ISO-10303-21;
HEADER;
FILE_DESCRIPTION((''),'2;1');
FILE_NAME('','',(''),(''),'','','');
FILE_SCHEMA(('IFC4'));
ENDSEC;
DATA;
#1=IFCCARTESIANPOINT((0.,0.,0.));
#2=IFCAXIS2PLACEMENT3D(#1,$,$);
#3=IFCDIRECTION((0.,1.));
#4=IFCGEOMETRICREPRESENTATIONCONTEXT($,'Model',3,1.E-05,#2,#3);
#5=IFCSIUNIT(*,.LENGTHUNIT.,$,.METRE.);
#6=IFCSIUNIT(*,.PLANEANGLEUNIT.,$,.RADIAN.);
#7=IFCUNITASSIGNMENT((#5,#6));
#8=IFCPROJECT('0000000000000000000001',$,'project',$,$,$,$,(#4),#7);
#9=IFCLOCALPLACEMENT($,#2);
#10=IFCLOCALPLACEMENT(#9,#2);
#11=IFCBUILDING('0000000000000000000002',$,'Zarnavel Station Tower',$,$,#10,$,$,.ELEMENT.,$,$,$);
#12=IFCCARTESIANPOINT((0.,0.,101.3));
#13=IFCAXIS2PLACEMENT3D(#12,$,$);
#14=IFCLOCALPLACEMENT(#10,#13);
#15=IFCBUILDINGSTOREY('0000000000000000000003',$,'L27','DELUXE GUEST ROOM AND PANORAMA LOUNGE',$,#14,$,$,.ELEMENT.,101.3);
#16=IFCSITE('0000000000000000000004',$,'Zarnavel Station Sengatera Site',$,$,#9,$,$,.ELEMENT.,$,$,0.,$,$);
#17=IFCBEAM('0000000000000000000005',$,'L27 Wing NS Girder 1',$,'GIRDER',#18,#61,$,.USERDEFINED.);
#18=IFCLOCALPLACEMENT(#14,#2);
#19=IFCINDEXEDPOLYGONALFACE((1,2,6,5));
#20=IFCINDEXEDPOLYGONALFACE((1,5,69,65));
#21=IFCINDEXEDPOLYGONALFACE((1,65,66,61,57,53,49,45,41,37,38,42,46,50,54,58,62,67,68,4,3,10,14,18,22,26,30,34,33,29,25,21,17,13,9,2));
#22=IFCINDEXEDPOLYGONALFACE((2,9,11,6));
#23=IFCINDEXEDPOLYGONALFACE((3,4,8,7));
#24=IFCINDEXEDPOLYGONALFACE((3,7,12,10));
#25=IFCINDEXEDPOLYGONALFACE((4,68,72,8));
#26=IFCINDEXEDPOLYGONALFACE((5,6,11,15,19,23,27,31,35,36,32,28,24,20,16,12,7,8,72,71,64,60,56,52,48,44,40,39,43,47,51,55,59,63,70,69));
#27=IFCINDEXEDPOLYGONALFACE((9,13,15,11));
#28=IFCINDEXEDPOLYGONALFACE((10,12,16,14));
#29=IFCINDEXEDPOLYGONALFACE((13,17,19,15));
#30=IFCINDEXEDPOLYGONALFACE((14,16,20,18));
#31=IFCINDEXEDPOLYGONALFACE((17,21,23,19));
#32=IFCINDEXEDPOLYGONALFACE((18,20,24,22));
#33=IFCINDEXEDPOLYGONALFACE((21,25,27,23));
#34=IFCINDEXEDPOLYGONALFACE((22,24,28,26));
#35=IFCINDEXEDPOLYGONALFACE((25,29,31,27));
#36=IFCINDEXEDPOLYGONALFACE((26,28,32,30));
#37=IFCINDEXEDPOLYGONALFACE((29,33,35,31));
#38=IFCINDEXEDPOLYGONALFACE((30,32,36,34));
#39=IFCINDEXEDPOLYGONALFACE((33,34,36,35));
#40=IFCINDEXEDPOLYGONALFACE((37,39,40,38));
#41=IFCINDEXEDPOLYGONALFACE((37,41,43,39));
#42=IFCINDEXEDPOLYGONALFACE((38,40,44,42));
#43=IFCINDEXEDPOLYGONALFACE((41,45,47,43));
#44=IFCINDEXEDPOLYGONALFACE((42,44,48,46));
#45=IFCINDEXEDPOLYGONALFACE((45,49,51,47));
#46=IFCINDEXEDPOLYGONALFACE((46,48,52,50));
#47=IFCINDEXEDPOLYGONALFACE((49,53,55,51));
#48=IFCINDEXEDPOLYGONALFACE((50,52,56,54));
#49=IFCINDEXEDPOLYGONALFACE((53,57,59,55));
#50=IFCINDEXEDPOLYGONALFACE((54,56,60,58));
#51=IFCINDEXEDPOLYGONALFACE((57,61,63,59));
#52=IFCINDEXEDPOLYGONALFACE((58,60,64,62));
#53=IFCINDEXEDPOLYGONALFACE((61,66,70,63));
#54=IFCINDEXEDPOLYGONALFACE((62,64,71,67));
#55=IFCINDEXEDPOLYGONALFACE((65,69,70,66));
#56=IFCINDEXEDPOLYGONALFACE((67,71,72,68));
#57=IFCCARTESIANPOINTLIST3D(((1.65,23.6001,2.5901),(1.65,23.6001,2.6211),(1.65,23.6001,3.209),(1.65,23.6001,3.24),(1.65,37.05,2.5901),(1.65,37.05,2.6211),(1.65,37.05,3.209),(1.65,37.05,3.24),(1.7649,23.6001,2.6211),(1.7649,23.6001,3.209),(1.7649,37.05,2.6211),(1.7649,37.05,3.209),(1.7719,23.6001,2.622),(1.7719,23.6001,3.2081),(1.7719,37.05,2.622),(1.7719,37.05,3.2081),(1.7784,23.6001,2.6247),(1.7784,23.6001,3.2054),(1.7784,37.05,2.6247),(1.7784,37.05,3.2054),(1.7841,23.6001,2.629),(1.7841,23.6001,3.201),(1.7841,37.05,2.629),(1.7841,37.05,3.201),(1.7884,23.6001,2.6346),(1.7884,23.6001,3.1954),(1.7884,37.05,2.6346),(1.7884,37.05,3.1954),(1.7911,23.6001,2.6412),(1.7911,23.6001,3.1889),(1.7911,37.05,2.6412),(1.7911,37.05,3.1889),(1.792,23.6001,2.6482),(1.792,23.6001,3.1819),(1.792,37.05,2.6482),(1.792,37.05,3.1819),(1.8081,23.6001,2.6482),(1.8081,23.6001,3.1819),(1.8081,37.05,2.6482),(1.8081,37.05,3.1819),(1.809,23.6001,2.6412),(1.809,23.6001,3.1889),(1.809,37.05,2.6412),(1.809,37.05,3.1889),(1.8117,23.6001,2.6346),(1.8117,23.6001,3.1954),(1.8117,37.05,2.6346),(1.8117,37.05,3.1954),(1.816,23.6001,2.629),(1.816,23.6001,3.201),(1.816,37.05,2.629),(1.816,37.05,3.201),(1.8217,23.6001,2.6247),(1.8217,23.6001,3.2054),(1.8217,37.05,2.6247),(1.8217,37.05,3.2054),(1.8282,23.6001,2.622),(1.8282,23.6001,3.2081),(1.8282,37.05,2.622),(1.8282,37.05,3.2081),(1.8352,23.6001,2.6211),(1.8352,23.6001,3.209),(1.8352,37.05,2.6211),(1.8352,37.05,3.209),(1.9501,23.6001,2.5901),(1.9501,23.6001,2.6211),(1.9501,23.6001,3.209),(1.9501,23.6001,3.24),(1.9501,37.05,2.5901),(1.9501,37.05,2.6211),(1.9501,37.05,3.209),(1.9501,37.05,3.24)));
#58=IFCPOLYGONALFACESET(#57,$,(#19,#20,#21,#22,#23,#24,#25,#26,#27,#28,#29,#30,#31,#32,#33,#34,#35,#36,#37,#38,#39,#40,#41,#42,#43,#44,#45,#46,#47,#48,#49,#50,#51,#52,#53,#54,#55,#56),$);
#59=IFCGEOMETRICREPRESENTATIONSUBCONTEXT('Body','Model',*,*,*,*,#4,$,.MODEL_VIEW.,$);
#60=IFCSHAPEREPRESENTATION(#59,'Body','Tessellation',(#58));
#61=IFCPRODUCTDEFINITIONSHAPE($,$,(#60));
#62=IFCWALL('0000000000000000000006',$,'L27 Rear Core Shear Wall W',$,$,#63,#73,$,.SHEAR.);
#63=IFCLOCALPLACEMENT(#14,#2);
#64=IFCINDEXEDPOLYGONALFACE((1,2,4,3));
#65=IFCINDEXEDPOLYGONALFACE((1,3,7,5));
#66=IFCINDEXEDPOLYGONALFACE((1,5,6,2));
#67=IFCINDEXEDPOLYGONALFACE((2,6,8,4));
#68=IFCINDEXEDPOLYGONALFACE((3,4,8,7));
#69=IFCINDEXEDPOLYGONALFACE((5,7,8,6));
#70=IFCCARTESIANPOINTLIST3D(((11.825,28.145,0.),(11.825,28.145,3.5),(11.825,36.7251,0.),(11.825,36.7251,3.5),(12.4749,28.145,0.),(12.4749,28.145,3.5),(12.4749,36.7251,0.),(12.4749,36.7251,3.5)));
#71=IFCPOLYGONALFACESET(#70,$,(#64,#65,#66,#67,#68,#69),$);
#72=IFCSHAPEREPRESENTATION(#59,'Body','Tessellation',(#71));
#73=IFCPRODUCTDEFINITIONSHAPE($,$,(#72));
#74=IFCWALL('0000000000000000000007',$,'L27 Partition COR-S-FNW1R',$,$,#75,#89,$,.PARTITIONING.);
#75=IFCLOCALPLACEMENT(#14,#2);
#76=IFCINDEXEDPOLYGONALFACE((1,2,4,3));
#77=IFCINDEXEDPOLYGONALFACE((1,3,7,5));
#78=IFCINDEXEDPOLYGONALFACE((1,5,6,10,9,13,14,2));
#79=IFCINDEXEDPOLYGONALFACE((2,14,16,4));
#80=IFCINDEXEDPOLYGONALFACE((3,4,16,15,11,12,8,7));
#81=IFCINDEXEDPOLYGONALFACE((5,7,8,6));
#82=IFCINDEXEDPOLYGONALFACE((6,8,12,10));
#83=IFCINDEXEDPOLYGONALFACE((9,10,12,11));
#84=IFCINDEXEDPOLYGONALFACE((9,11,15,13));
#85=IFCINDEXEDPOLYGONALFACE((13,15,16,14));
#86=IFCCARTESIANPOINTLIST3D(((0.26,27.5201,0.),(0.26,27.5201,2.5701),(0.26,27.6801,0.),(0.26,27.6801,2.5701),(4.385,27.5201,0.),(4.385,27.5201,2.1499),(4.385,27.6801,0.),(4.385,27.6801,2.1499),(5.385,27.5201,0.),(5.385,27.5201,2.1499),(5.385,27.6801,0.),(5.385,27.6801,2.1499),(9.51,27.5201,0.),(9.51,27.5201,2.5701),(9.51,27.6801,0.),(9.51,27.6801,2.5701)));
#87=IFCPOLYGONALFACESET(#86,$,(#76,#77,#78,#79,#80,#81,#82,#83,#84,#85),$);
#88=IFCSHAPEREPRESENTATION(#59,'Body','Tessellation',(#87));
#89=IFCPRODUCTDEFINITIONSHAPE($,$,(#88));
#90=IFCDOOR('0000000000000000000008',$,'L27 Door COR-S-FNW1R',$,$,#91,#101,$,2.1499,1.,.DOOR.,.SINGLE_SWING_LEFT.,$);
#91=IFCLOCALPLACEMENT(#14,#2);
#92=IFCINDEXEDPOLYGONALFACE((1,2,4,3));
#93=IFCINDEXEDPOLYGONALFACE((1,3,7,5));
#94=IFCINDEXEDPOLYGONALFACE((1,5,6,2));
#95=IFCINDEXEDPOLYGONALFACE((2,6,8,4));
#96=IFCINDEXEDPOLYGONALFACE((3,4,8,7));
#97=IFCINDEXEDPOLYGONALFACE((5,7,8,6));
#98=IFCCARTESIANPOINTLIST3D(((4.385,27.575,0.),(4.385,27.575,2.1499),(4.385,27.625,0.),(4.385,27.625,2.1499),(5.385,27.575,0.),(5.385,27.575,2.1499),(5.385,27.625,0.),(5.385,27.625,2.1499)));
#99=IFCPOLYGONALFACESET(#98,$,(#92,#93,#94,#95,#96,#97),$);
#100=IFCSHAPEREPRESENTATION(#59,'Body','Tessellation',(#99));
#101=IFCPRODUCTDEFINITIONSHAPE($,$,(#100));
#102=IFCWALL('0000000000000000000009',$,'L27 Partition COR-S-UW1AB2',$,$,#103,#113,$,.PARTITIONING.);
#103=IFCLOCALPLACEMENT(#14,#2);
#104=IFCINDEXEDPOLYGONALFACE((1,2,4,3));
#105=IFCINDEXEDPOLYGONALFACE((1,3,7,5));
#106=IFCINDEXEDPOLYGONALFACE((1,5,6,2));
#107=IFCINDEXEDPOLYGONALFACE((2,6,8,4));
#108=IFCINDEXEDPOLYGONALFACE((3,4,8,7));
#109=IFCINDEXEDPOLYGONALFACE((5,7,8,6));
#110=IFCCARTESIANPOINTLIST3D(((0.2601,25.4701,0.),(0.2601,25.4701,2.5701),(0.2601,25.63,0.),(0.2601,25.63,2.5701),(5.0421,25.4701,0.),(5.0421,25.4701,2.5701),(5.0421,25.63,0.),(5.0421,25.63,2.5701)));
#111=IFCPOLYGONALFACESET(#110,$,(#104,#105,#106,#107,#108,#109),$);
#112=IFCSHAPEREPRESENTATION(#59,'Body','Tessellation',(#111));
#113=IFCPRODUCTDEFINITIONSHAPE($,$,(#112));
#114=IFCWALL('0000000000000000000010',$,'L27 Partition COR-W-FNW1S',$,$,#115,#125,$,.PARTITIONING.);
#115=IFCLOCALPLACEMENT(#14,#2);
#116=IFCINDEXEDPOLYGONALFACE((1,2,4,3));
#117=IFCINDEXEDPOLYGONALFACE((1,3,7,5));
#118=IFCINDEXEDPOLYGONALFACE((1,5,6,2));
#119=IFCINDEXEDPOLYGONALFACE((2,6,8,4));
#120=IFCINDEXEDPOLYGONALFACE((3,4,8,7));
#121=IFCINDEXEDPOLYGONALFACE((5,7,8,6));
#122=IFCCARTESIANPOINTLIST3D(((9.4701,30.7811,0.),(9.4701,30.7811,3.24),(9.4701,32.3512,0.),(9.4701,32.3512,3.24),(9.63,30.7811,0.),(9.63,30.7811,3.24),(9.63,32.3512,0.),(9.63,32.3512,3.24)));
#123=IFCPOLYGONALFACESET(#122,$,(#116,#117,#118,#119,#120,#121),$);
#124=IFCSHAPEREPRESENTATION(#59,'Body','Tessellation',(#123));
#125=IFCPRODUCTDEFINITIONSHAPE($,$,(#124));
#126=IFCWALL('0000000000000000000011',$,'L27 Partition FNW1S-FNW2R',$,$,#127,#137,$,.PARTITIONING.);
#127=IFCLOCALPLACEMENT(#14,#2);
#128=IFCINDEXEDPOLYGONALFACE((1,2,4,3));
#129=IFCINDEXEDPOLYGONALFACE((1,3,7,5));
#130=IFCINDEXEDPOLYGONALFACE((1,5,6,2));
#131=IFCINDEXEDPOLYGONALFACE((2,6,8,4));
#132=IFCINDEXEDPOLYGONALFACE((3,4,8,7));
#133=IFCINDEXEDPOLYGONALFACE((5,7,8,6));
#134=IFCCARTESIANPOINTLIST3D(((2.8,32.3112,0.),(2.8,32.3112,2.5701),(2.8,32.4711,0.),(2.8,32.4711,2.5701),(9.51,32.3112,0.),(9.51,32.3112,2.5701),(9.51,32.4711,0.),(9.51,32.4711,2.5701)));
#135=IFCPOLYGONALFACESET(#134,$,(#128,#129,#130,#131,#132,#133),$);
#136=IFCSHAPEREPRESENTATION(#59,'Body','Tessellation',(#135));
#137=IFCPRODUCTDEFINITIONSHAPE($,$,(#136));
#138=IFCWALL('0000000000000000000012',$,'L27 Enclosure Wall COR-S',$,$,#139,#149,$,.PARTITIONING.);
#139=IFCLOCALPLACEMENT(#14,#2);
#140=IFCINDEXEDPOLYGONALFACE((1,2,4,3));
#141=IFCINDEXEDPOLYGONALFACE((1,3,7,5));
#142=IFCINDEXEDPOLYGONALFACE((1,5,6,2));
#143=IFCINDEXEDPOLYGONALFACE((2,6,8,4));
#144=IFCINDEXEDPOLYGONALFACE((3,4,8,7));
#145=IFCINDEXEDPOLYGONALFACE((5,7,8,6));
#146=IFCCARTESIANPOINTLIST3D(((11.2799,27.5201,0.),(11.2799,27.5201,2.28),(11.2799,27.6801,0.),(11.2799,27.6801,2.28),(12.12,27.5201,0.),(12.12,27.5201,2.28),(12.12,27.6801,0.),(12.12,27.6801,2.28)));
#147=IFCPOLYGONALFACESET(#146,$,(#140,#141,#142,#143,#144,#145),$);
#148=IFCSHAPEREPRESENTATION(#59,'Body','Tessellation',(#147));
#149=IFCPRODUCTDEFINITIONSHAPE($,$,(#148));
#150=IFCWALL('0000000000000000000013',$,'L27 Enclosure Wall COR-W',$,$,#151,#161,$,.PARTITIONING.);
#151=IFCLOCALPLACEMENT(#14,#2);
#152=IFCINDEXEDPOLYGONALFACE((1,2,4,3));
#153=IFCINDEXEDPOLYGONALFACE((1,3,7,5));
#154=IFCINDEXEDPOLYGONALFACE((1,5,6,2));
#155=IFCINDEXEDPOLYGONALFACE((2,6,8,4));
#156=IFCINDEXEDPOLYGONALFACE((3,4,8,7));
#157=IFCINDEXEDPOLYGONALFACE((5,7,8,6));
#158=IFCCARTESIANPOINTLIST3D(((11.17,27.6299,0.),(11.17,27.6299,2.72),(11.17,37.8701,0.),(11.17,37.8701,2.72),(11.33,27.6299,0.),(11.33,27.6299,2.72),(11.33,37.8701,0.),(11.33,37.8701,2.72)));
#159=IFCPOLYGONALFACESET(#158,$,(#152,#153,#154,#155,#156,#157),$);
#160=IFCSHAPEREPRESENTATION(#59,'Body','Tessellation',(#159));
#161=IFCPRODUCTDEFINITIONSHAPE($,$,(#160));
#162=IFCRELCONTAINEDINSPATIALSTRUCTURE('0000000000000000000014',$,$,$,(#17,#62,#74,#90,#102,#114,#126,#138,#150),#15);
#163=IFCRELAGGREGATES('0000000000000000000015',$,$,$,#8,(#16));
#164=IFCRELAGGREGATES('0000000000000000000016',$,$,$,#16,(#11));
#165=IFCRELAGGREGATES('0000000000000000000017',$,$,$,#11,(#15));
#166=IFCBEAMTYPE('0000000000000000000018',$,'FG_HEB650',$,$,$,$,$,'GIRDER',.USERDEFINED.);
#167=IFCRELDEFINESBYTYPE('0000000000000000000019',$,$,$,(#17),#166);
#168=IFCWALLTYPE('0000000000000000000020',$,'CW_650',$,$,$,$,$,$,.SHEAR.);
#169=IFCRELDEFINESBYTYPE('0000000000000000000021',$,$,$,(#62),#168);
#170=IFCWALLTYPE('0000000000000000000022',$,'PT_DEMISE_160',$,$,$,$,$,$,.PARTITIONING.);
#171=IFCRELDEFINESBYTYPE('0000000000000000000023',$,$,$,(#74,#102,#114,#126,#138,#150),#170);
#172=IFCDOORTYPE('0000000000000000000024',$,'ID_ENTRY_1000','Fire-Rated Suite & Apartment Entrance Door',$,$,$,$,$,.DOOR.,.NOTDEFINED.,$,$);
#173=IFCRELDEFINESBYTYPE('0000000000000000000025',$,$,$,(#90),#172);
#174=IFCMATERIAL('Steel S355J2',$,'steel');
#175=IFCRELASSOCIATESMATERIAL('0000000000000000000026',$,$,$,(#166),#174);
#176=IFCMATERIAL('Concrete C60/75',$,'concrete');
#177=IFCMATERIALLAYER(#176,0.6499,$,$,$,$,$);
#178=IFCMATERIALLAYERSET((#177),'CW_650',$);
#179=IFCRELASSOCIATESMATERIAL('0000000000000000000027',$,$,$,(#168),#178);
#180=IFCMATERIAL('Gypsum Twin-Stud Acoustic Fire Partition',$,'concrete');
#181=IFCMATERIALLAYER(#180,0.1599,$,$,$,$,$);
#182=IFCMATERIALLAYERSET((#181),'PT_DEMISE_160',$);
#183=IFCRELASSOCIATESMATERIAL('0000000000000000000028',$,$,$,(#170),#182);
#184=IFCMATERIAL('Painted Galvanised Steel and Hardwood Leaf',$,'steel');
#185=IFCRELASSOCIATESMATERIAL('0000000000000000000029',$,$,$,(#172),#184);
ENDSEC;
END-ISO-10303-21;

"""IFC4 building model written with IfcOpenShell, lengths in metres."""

from ifc_helpers import new_model, si_unit, direction, frame, frame_2d, origin, origin_2d, place, context, subcontext, project, spatial, rectangle, i_section, extrude, material, layer, layer_set, material_profile, profile_set, type_object, element, fill, save


model = new_model("IFC4")

# Units and contexts
model_context = context("Model", 3, precision=1e-05, world=origin(), true_north=direction((0.0, 1.0)))
body_context = subcontext(model_context, "Body", "Model", "MODEL_VIEW")
ifc_project = project(units=[si_unit("LENGTHUNIT", "METRE"), si_unit("PLANEANGLEUNIT", "RADIAN")], contexts=[model_context])

# Site, building, storey
site_placement = place(None, origin())
site = spatial("IfcSite", under=ifc_project, at=site_placement, Name="Zarnavel Station Sengatera Site", CompositionType="ELEMENT", RefElevation=0.0)
building_placement = place(site_placement, origin())
building = spatial("IfcBuilding", under=site, at=building_placement, Name="Zarnavel Station Tower", CompositionType="ELEMENT")
storey_placement = place(building_placement, frame((0.0, 0.0, 101.3)))
storey = spatial("IfcBuildingStorey", under=building, at=storey_placement, Name="L27", Description="DELUXE GUEST ROOM AND PANORAMA LOUNGE", CompositionType="ELEMENT", Elevation=101.3)

# Beam
ifc_material_1 = material(Name="Steel S355J2", Category="steel")
ifc_material_profile_1 = material_profile(ifc_material_1, i_section(OverallWidth=0.3, OverallDepth=0.6499, WebThickness=0.0161, FlangeThickness=0.031, FilletRadius=0.0271, at=origin_2d()), Name="HEB650")
ifc_profile_set_1 = profile_set([ifc_material_profile_1], Name="Steel S355J2")
beam_type_1 = type_object("IfcBeamType", Name="FG_HEB650", ElementType="GIRDER", PredefinedType="USERDEFINED", material=ifc_profile_set_1)
beam_1_placement = place(storey_placement, frame((1.8, 23.6001, 2.915), z_axis=(0.0, 1.0, 0.0), x_axis=(-1.0, 0.0, 0.0)))
element("IfcBeam", 1, at=beam_1_placement, inside=storey, type_object=beam_type_1, Name="L27 Wing NS Girder 1", ObjectType="GIRDER", PredefinedType="USERDEFINED", context=body_context, shape_type="SweptSolid", body=[
    extrude(i_section(OverallWidth=0.3, OverallDepth=0.6499, WebThickness=0.0161, FlangeThickness=0.031, FilletRadius=0.0271, at=origin_2d()), origin(), (0.0, 0.0, 1.0), 13.45),
])

# Wall
ifc_material_2 = material(Name="Concrete C60/75", Category="concrete")
ifc_layer_1 = layer(ifc_material_2, 0.6499)
ifc_layer_set_1 = layer_set([ifc_layer_1], Name="CW_650")
wall_type_1 = type_object("IfcWallType", Name="CW_650", PredefinedType="SHEAR", material=ifc_layer_set_1)
wall_1_placement = place(storey_placement, frame((12.1499, 28.145, 0.0), z_axis=(0.0, 0.0, 1.0), x_axis=(0.0, 1.0, 0.0)))
element("IfcWall", 2, at=wall_1_placement, inside=storey, type_object=wall_type_1, Name="L27 Rear Core Shear Wall W", PredefinedType="SHEAR", context=body_context, shape_type="SweptSolid", body=[
    extrude(rectangle(XDim=8.5801, YDim=0.6499, at=frame_2d((4.29, 0.0))), origin(), (0.0, 0.0, 1.0), 3.5),
])

# Wall, opening, door
ifc_material_3 = material(Name="Gypsum Twin-Stud Acoustic Fire Partition", Category="concrete")
ifc_layer_2 = layer(ifc_material_3, 0.1599)
ifc_layer_set_2 = layer_set([ifc_layer_2], Name="PT_DEMISE_160")
wall_type_2 = type_object("IfcWallType", Name="PT_DEMISE_160", PredefinedType="PARTITIONING", material=ifc_layer_set_2)
wall_2_placement = place(storey_placement, frame((0.26, 27.6001, 0.0), z_axis=(0.0, 0.0, 1.0), x_axis=(1.0, 0.0, 0.0)))
wall_2 = element("IfcWall", 3, at=wall_2_placement, inside=storey, type_object=wall_type_2, Name="L27 Partition COR-S-FNW1R", PredefinedType="PARTITIONING", context=body_context, shape_type="SweptSolid", body=[
    extrude(rectangle(XDim=9.25, YDim=0.1599, at=frame_2d((4.625, 0.0))), origin(), (0.0, 0.0, 1.0), 2.5701),
])
opening_1_placement = place(wall_2_placement, frame((4.125, 0.0, 0.0)))
opening_1 = element("IfcOpeningElement", 4, at=opening_1_placement, cuts=wall_2, PredefinedType="OPENING", context=body_context, shape_type="SweptSolid", body=[
    extrude(rectangle(XDim=1.0, YDim=2.1499, at=frame_2d((0.5, 1.075))), frame((0.0, 0.0898, 0.0), z_axis=(0.0, -1.0, 0.0), x_axis=(1.0, 0.0, 0.0)), (0.0, 0.0, 1.0), 0.1799),
])
ifc_material_4 = material(Name="Painted Galvanised Steel and Hardwood Leaf", Category="steel")
door_type_1 = type_object("IfcDoorType", Name="ID_ENTRY_1000", Description="Fire-Rated Suite & Apartment Entrance Door", OperationType="NOTDEFINED", PredefinedType="DOOR", material=ifc_material_4)
door_1_placement = place(opening_1_placement, origin())
door_1 = element("IfcDoor", 5, at=door_1_placement, inside=storey, type_object=door_type_1, Name="L27 Door COR-S-FNW1R", OperationType="SINGLE_SWING_LEFT", OverallHeight=2.1499, OverallWidth=1.0, PredefinedType="DOOR", context=body_context, shape_type="SweptSolid", body=[
    extrude(rectangle(XDim=1.0, YDim=2.1499, at=frame_2d((0.5, 1.075))), frame((0.0, 0.0249, 0.0), z_axis=(0.0, -1.0, 0.0), x_axis=(1.0, 0.0, 0.0)), (0.0, 0.0, 1.0), 0.05),
])
fill(opening_1, door_1)

# Wall
wall_3_placement = place(storey_placement, frame((0.26, 25.55, 0.0), z_axis=(0.0, 0.0, 1.0), x_axis=(1.0, 0.0, 0.0)))
element("IfcWall", 6, at=wall_3_placement, inside=storey, type_object=wall_type_2, Name="L27 Partition COR-S-UW1AB2", PredefinedType="PARTITIONING", context=body_context, shape_type="SweptSolid", body=[
    extrude(rectangle(XDim=4.782, YDim=0.1599, at=frame_2d((2.3911, 0.0))), origin(), (0.0, 0.0, 1.0), 2.5701),
])

# Wall
wall_4_placement = place(storey_placement, frame((9.55, 30.781, 0.0), z_axis=(0.0, 0.0, 1.0), x_axis=(0.0, 1.0, 0.0)))
element("IfcWall", 7, at=wall_4_placement, inside=storey, type_object=wall_type_2, Name="L27 Partition COR-W-FNW1S", PredefinedType="PARTITIONING", context=body_context, shape_type="SweptSolid", body=[
    extrude(rectangle(XDim=1.5701, YDim=0.1599, at=frame_2d((0.7852, 0.0))), origin(), (0.0, 0.0, 1.0), 3.24),
])

# Walls
wall_5_placement = place(storey_placement, frame((2.8, 32.3911, 0.0), z_axis=(0.0, 0.0, 1.0), x_axis=(1.0, 0.0, 0.0)))
element("IfcWall", 8, at=wall_5_placement, inside=storey, type_object=wall_type_2, Name="L27 Partition FNW1S-FNW2R", PredefinedType="PARTITIONING", context=body_context, shape_type="SweptSolid", body=[
    extrude(rectangle(XDim=6.71, YDim=0.1599, at=frame_2d((3.355, 0.0))), origin(), (0.0, 0.0, 1.0), 2.5701),
])
wall_6_placement = place(storey_placement, frame((11.28, 27.6001, 0.0), z_axis=(0.0, 0.0, 1.0), x_axis=(1.0, 0.0, 0.0)))
element("IfcWall", 9, at=wall_6_placement, inside=storey, type_object=wall_type_2, Name="L27 Enclosure Wall COR-S", PredefinedType="PARTITIONING", context=body_context, shape_type="SweptSolid", body=[
    extrude(rectangle(XDim=0.8401, YDim=0.1599, at=frame_2d((0.4199, 0.0))), origin(), (0.0, 0.0, 1.0), 2.28),
])
wall_7_placement = place(storey_placement, frame((11.25, 27.6299, 0.0), z_axis=(0.0, 0.0, 1.0), x_axis=(0.0, 1.0, 0.0)))
element("IfcWall", 10, at=wall_7_placement, inside=storey, type_object=wall_type_2, Name="L27 Enclosure Wall COR-W", PredefinedType="PARTITIONING", context=body_context, shape_type="SweptSolid", body=[
    extrude(rectangle(XDim=10.2402, YDim=0.1599, at=frame_2d((5.1201, 0.0))), origin(), (0.0, 0.0, 1.0), 2.72),
])

save(model, "model.ifc")
